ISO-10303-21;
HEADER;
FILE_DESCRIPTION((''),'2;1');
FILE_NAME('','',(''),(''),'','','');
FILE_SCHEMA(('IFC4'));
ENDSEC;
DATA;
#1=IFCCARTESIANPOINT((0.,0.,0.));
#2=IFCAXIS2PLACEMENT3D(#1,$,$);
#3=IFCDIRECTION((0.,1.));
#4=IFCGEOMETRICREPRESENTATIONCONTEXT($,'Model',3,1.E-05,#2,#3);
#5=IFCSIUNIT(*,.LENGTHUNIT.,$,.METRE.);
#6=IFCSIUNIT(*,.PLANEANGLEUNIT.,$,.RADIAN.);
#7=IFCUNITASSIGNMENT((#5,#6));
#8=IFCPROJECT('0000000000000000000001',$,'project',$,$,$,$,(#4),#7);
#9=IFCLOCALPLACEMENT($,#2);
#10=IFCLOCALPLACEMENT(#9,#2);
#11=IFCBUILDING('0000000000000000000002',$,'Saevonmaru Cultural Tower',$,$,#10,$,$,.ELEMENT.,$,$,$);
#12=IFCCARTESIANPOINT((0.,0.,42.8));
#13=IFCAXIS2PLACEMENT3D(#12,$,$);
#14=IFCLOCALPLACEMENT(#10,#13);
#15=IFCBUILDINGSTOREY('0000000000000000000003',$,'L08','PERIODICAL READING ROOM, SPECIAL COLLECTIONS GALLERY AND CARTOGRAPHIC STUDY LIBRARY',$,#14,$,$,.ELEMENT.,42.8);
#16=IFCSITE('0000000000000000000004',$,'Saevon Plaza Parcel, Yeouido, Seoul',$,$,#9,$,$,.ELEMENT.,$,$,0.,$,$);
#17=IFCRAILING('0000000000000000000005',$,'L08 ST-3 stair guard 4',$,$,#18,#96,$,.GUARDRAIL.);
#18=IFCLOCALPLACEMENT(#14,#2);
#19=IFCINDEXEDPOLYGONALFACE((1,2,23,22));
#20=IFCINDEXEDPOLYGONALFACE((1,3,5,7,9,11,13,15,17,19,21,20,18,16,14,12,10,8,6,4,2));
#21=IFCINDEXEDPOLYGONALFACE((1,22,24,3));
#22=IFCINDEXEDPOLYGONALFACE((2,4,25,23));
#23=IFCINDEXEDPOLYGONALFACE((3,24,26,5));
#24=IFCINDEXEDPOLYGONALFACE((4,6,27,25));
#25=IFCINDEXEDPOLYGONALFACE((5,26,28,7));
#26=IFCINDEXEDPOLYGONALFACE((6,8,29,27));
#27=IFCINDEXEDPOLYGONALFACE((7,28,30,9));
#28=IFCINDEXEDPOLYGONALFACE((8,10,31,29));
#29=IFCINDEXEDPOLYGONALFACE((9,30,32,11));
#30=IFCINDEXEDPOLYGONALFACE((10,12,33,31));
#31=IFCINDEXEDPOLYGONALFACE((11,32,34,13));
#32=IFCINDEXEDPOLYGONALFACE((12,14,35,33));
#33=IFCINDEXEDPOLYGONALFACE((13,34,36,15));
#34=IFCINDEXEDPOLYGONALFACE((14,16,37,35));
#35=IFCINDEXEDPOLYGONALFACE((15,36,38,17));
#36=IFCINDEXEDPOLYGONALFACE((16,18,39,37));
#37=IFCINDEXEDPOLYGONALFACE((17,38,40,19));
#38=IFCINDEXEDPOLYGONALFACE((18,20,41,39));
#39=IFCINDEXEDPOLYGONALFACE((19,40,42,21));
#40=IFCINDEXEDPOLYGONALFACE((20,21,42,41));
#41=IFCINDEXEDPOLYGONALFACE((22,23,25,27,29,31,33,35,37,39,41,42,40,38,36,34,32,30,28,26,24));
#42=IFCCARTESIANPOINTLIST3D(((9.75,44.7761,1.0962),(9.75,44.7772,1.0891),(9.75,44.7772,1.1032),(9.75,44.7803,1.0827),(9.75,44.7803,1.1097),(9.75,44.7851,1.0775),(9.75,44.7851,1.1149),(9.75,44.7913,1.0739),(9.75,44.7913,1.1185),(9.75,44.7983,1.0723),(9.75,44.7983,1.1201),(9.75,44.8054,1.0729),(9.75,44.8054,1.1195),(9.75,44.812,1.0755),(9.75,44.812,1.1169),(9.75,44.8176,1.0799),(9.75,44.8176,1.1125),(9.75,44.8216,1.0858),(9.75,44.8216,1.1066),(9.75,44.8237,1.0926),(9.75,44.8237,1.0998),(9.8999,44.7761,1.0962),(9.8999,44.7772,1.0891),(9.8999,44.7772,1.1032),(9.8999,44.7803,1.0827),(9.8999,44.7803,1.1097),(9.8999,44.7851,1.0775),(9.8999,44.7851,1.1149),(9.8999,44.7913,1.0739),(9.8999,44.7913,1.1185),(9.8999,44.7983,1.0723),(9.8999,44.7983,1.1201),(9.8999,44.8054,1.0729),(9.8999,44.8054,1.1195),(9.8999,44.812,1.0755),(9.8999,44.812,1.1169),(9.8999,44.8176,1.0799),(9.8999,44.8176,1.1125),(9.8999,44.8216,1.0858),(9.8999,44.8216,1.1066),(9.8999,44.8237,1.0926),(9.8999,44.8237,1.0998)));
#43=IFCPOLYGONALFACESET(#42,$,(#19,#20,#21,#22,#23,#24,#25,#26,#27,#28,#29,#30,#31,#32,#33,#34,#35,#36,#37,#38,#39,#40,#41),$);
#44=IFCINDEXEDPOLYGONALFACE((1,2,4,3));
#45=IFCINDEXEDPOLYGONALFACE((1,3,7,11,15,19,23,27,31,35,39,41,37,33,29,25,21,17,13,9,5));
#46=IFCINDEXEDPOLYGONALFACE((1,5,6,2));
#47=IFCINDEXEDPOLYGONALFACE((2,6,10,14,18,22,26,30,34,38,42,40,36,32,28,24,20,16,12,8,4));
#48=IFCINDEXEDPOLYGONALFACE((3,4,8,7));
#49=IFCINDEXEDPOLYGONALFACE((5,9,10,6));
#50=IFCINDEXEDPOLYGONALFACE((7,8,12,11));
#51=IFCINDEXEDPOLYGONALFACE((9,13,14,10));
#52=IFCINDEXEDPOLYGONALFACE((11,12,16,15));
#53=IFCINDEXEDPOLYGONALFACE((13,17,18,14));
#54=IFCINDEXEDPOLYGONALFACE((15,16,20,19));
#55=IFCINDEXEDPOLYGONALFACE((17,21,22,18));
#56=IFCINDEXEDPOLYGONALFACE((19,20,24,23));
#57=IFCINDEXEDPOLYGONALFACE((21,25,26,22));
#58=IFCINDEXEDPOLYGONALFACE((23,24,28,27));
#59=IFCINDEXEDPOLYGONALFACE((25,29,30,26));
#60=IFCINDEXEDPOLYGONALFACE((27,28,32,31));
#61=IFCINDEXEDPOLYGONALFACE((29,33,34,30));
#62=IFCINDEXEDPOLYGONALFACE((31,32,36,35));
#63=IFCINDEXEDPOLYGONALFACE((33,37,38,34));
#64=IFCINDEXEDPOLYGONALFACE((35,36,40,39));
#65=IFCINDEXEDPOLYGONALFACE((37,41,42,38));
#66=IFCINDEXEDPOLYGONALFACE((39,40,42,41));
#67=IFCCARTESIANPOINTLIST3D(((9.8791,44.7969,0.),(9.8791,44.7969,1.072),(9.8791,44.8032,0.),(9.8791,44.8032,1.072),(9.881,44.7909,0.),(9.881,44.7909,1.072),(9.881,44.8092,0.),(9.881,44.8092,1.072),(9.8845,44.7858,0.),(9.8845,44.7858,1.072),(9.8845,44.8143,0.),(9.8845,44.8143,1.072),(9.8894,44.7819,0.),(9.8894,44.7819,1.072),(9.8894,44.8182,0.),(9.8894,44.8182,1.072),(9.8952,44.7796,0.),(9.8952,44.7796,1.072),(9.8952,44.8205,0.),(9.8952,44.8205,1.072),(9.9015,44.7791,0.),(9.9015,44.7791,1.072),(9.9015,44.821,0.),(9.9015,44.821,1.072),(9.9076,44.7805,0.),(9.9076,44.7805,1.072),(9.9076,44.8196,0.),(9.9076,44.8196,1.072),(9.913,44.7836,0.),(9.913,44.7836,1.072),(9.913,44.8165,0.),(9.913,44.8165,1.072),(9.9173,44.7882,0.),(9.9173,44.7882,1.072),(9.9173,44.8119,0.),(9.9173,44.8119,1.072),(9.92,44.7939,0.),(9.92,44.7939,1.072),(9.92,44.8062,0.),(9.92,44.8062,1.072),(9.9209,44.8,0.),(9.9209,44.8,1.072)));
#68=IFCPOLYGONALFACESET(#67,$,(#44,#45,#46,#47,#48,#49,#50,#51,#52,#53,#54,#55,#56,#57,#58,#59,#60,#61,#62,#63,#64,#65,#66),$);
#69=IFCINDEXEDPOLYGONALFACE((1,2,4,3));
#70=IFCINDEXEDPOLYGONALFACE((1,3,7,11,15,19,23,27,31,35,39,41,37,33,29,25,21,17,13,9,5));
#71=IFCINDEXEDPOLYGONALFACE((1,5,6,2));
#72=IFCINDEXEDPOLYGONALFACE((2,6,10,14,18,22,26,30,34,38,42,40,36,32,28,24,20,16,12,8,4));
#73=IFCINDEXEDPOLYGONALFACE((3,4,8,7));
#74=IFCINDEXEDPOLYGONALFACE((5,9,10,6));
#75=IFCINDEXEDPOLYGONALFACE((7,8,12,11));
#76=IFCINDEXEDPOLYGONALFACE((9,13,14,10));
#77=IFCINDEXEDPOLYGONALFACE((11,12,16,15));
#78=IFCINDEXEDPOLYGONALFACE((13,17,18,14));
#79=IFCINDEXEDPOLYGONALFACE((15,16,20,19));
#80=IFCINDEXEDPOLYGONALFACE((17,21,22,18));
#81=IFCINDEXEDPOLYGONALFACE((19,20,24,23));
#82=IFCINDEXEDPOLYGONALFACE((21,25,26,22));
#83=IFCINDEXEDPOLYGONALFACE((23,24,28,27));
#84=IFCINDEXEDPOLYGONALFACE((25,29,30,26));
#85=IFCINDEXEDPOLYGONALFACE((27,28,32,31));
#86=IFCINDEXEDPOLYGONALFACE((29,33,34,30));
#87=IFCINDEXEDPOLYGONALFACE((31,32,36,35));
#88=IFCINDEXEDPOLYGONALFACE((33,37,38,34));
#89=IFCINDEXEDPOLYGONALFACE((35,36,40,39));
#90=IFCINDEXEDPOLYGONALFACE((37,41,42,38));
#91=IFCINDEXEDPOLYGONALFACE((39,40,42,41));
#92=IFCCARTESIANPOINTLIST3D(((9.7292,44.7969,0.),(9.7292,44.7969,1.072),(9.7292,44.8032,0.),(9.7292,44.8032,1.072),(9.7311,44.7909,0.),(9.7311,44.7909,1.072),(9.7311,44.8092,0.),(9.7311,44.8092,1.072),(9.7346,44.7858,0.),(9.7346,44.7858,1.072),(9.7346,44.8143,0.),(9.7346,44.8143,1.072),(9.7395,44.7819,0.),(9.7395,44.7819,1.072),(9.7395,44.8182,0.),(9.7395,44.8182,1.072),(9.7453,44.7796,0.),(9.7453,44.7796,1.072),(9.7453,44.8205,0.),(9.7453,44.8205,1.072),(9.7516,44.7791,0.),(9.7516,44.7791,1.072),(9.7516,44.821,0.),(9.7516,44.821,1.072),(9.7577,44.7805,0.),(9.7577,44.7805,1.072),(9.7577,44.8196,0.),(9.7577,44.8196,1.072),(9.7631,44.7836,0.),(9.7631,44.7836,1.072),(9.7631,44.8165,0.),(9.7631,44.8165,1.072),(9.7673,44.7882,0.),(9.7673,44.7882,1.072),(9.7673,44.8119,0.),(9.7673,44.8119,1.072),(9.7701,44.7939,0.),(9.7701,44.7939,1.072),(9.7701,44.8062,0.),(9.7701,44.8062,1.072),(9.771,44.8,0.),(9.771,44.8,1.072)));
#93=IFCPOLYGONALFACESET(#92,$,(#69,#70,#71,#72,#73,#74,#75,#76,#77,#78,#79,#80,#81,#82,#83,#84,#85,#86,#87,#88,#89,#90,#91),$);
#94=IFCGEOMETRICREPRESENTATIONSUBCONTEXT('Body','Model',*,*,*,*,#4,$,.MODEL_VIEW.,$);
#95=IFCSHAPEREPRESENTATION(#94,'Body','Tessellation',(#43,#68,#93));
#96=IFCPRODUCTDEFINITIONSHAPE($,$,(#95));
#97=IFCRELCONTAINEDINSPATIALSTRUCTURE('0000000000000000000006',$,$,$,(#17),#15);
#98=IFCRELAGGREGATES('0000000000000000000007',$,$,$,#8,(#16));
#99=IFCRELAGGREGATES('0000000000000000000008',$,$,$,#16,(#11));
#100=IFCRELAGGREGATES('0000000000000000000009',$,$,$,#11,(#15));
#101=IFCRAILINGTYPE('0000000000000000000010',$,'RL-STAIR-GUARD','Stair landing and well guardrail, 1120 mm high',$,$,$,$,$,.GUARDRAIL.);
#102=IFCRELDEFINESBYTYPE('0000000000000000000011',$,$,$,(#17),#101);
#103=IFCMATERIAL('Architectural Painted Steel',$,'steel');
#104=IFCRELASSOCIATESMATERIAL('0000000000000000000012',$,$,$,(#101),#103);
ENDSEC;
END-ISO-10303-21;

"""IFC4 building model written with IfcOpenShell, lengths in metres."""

from ifc_helpers import new_model, si_unit, direction, frame, origin, origin_2d, place, context, subcontext, project, spatial, circle, extrude, material, type_object, element, save


model = new_model("IFC4")

# Units and contexts
model_context = context("Model", 3, precision=1e-05, world=origin(), true_north=direction((0.0, 1.0)))
body_context = subcontext(model_context, "Body", "Model", "MODEL_VIEW")
ifc_project = project(units=[si_unit("LENGTHUNIT", "METRE"), si_unit("PLANEANGLEUNIT", "RADIAN")], contexts=[model_context])

# Site, building, storey
site_placement = place(None, origin())
site = spatial("IfcSite", under=ifc_project, at=site_placement, Name="Saevon Plaza Parcel, Yeouido, Seoul", CompositionType="ELEMENT", RefElevation=0.0)
building_placement = place(site_placement, origin())
building = spatial("IfcBuilding", under=site, at=building_placement, Name="Saevonmaru Cultural Tower", CompositionType="ELEMENT")
storey_placement = place(building_placement, frame((0.0, 0.0, 42.8)))
storey = spatial("IfcBuildingStorey", under=building, at=storey_placement, Name="L08", Description="PERIODICAL READING ROOM, SPECIAL COLLECTIONS GALLERY AND CARTOGRAPHIC STUDY LIBRARY", CompositionType="ELEMENT", Elevation=42.8)

# Railing
ifc_material_1 = material(Name="Architectural Painted Steel", Category="steel")
railing_type_1 = type_object("IfcRailingType", Name="RL-STAIR-GUARD", Description="Stair landing and well guardrail, 1120 mm high", PredefinedType="GUARDRAIL", material=ifc_material_1)
railing_1_placement = place(storey_placement, frame((9.8999, 44.8, 0.0)))
element("IfcRailing", 1, at=railing_1_placement, inside=storey, type_object=railing_type_1, Name="L08 ST-3 stair guard 4", PredefinedType="GUARDRAIL", context=body_context, shape_type="SweptSolid", body=[
    extrude(circle(Radius=0.0239, at=origin_2d()), frame((0.0, 0.0, 1.0962), z_axis=(-1.0, 0.0, 0.0), x_axis=(0.0, -1.0, 0.0)), (0.0, 0.0, 1.0), 0.1499),
    extrude(circle(Radius=0.021, at=origin_2d()), origin(), (0.0, 0.0, 1.0), 1.072),
    extrude(circle(Radius=0.021, at=origin_2d()), frame((-0.1499, 0.0, 0.0)), (0.0, 0.0, 1.0), 1.072),
])

save(model, "model.ifc")
